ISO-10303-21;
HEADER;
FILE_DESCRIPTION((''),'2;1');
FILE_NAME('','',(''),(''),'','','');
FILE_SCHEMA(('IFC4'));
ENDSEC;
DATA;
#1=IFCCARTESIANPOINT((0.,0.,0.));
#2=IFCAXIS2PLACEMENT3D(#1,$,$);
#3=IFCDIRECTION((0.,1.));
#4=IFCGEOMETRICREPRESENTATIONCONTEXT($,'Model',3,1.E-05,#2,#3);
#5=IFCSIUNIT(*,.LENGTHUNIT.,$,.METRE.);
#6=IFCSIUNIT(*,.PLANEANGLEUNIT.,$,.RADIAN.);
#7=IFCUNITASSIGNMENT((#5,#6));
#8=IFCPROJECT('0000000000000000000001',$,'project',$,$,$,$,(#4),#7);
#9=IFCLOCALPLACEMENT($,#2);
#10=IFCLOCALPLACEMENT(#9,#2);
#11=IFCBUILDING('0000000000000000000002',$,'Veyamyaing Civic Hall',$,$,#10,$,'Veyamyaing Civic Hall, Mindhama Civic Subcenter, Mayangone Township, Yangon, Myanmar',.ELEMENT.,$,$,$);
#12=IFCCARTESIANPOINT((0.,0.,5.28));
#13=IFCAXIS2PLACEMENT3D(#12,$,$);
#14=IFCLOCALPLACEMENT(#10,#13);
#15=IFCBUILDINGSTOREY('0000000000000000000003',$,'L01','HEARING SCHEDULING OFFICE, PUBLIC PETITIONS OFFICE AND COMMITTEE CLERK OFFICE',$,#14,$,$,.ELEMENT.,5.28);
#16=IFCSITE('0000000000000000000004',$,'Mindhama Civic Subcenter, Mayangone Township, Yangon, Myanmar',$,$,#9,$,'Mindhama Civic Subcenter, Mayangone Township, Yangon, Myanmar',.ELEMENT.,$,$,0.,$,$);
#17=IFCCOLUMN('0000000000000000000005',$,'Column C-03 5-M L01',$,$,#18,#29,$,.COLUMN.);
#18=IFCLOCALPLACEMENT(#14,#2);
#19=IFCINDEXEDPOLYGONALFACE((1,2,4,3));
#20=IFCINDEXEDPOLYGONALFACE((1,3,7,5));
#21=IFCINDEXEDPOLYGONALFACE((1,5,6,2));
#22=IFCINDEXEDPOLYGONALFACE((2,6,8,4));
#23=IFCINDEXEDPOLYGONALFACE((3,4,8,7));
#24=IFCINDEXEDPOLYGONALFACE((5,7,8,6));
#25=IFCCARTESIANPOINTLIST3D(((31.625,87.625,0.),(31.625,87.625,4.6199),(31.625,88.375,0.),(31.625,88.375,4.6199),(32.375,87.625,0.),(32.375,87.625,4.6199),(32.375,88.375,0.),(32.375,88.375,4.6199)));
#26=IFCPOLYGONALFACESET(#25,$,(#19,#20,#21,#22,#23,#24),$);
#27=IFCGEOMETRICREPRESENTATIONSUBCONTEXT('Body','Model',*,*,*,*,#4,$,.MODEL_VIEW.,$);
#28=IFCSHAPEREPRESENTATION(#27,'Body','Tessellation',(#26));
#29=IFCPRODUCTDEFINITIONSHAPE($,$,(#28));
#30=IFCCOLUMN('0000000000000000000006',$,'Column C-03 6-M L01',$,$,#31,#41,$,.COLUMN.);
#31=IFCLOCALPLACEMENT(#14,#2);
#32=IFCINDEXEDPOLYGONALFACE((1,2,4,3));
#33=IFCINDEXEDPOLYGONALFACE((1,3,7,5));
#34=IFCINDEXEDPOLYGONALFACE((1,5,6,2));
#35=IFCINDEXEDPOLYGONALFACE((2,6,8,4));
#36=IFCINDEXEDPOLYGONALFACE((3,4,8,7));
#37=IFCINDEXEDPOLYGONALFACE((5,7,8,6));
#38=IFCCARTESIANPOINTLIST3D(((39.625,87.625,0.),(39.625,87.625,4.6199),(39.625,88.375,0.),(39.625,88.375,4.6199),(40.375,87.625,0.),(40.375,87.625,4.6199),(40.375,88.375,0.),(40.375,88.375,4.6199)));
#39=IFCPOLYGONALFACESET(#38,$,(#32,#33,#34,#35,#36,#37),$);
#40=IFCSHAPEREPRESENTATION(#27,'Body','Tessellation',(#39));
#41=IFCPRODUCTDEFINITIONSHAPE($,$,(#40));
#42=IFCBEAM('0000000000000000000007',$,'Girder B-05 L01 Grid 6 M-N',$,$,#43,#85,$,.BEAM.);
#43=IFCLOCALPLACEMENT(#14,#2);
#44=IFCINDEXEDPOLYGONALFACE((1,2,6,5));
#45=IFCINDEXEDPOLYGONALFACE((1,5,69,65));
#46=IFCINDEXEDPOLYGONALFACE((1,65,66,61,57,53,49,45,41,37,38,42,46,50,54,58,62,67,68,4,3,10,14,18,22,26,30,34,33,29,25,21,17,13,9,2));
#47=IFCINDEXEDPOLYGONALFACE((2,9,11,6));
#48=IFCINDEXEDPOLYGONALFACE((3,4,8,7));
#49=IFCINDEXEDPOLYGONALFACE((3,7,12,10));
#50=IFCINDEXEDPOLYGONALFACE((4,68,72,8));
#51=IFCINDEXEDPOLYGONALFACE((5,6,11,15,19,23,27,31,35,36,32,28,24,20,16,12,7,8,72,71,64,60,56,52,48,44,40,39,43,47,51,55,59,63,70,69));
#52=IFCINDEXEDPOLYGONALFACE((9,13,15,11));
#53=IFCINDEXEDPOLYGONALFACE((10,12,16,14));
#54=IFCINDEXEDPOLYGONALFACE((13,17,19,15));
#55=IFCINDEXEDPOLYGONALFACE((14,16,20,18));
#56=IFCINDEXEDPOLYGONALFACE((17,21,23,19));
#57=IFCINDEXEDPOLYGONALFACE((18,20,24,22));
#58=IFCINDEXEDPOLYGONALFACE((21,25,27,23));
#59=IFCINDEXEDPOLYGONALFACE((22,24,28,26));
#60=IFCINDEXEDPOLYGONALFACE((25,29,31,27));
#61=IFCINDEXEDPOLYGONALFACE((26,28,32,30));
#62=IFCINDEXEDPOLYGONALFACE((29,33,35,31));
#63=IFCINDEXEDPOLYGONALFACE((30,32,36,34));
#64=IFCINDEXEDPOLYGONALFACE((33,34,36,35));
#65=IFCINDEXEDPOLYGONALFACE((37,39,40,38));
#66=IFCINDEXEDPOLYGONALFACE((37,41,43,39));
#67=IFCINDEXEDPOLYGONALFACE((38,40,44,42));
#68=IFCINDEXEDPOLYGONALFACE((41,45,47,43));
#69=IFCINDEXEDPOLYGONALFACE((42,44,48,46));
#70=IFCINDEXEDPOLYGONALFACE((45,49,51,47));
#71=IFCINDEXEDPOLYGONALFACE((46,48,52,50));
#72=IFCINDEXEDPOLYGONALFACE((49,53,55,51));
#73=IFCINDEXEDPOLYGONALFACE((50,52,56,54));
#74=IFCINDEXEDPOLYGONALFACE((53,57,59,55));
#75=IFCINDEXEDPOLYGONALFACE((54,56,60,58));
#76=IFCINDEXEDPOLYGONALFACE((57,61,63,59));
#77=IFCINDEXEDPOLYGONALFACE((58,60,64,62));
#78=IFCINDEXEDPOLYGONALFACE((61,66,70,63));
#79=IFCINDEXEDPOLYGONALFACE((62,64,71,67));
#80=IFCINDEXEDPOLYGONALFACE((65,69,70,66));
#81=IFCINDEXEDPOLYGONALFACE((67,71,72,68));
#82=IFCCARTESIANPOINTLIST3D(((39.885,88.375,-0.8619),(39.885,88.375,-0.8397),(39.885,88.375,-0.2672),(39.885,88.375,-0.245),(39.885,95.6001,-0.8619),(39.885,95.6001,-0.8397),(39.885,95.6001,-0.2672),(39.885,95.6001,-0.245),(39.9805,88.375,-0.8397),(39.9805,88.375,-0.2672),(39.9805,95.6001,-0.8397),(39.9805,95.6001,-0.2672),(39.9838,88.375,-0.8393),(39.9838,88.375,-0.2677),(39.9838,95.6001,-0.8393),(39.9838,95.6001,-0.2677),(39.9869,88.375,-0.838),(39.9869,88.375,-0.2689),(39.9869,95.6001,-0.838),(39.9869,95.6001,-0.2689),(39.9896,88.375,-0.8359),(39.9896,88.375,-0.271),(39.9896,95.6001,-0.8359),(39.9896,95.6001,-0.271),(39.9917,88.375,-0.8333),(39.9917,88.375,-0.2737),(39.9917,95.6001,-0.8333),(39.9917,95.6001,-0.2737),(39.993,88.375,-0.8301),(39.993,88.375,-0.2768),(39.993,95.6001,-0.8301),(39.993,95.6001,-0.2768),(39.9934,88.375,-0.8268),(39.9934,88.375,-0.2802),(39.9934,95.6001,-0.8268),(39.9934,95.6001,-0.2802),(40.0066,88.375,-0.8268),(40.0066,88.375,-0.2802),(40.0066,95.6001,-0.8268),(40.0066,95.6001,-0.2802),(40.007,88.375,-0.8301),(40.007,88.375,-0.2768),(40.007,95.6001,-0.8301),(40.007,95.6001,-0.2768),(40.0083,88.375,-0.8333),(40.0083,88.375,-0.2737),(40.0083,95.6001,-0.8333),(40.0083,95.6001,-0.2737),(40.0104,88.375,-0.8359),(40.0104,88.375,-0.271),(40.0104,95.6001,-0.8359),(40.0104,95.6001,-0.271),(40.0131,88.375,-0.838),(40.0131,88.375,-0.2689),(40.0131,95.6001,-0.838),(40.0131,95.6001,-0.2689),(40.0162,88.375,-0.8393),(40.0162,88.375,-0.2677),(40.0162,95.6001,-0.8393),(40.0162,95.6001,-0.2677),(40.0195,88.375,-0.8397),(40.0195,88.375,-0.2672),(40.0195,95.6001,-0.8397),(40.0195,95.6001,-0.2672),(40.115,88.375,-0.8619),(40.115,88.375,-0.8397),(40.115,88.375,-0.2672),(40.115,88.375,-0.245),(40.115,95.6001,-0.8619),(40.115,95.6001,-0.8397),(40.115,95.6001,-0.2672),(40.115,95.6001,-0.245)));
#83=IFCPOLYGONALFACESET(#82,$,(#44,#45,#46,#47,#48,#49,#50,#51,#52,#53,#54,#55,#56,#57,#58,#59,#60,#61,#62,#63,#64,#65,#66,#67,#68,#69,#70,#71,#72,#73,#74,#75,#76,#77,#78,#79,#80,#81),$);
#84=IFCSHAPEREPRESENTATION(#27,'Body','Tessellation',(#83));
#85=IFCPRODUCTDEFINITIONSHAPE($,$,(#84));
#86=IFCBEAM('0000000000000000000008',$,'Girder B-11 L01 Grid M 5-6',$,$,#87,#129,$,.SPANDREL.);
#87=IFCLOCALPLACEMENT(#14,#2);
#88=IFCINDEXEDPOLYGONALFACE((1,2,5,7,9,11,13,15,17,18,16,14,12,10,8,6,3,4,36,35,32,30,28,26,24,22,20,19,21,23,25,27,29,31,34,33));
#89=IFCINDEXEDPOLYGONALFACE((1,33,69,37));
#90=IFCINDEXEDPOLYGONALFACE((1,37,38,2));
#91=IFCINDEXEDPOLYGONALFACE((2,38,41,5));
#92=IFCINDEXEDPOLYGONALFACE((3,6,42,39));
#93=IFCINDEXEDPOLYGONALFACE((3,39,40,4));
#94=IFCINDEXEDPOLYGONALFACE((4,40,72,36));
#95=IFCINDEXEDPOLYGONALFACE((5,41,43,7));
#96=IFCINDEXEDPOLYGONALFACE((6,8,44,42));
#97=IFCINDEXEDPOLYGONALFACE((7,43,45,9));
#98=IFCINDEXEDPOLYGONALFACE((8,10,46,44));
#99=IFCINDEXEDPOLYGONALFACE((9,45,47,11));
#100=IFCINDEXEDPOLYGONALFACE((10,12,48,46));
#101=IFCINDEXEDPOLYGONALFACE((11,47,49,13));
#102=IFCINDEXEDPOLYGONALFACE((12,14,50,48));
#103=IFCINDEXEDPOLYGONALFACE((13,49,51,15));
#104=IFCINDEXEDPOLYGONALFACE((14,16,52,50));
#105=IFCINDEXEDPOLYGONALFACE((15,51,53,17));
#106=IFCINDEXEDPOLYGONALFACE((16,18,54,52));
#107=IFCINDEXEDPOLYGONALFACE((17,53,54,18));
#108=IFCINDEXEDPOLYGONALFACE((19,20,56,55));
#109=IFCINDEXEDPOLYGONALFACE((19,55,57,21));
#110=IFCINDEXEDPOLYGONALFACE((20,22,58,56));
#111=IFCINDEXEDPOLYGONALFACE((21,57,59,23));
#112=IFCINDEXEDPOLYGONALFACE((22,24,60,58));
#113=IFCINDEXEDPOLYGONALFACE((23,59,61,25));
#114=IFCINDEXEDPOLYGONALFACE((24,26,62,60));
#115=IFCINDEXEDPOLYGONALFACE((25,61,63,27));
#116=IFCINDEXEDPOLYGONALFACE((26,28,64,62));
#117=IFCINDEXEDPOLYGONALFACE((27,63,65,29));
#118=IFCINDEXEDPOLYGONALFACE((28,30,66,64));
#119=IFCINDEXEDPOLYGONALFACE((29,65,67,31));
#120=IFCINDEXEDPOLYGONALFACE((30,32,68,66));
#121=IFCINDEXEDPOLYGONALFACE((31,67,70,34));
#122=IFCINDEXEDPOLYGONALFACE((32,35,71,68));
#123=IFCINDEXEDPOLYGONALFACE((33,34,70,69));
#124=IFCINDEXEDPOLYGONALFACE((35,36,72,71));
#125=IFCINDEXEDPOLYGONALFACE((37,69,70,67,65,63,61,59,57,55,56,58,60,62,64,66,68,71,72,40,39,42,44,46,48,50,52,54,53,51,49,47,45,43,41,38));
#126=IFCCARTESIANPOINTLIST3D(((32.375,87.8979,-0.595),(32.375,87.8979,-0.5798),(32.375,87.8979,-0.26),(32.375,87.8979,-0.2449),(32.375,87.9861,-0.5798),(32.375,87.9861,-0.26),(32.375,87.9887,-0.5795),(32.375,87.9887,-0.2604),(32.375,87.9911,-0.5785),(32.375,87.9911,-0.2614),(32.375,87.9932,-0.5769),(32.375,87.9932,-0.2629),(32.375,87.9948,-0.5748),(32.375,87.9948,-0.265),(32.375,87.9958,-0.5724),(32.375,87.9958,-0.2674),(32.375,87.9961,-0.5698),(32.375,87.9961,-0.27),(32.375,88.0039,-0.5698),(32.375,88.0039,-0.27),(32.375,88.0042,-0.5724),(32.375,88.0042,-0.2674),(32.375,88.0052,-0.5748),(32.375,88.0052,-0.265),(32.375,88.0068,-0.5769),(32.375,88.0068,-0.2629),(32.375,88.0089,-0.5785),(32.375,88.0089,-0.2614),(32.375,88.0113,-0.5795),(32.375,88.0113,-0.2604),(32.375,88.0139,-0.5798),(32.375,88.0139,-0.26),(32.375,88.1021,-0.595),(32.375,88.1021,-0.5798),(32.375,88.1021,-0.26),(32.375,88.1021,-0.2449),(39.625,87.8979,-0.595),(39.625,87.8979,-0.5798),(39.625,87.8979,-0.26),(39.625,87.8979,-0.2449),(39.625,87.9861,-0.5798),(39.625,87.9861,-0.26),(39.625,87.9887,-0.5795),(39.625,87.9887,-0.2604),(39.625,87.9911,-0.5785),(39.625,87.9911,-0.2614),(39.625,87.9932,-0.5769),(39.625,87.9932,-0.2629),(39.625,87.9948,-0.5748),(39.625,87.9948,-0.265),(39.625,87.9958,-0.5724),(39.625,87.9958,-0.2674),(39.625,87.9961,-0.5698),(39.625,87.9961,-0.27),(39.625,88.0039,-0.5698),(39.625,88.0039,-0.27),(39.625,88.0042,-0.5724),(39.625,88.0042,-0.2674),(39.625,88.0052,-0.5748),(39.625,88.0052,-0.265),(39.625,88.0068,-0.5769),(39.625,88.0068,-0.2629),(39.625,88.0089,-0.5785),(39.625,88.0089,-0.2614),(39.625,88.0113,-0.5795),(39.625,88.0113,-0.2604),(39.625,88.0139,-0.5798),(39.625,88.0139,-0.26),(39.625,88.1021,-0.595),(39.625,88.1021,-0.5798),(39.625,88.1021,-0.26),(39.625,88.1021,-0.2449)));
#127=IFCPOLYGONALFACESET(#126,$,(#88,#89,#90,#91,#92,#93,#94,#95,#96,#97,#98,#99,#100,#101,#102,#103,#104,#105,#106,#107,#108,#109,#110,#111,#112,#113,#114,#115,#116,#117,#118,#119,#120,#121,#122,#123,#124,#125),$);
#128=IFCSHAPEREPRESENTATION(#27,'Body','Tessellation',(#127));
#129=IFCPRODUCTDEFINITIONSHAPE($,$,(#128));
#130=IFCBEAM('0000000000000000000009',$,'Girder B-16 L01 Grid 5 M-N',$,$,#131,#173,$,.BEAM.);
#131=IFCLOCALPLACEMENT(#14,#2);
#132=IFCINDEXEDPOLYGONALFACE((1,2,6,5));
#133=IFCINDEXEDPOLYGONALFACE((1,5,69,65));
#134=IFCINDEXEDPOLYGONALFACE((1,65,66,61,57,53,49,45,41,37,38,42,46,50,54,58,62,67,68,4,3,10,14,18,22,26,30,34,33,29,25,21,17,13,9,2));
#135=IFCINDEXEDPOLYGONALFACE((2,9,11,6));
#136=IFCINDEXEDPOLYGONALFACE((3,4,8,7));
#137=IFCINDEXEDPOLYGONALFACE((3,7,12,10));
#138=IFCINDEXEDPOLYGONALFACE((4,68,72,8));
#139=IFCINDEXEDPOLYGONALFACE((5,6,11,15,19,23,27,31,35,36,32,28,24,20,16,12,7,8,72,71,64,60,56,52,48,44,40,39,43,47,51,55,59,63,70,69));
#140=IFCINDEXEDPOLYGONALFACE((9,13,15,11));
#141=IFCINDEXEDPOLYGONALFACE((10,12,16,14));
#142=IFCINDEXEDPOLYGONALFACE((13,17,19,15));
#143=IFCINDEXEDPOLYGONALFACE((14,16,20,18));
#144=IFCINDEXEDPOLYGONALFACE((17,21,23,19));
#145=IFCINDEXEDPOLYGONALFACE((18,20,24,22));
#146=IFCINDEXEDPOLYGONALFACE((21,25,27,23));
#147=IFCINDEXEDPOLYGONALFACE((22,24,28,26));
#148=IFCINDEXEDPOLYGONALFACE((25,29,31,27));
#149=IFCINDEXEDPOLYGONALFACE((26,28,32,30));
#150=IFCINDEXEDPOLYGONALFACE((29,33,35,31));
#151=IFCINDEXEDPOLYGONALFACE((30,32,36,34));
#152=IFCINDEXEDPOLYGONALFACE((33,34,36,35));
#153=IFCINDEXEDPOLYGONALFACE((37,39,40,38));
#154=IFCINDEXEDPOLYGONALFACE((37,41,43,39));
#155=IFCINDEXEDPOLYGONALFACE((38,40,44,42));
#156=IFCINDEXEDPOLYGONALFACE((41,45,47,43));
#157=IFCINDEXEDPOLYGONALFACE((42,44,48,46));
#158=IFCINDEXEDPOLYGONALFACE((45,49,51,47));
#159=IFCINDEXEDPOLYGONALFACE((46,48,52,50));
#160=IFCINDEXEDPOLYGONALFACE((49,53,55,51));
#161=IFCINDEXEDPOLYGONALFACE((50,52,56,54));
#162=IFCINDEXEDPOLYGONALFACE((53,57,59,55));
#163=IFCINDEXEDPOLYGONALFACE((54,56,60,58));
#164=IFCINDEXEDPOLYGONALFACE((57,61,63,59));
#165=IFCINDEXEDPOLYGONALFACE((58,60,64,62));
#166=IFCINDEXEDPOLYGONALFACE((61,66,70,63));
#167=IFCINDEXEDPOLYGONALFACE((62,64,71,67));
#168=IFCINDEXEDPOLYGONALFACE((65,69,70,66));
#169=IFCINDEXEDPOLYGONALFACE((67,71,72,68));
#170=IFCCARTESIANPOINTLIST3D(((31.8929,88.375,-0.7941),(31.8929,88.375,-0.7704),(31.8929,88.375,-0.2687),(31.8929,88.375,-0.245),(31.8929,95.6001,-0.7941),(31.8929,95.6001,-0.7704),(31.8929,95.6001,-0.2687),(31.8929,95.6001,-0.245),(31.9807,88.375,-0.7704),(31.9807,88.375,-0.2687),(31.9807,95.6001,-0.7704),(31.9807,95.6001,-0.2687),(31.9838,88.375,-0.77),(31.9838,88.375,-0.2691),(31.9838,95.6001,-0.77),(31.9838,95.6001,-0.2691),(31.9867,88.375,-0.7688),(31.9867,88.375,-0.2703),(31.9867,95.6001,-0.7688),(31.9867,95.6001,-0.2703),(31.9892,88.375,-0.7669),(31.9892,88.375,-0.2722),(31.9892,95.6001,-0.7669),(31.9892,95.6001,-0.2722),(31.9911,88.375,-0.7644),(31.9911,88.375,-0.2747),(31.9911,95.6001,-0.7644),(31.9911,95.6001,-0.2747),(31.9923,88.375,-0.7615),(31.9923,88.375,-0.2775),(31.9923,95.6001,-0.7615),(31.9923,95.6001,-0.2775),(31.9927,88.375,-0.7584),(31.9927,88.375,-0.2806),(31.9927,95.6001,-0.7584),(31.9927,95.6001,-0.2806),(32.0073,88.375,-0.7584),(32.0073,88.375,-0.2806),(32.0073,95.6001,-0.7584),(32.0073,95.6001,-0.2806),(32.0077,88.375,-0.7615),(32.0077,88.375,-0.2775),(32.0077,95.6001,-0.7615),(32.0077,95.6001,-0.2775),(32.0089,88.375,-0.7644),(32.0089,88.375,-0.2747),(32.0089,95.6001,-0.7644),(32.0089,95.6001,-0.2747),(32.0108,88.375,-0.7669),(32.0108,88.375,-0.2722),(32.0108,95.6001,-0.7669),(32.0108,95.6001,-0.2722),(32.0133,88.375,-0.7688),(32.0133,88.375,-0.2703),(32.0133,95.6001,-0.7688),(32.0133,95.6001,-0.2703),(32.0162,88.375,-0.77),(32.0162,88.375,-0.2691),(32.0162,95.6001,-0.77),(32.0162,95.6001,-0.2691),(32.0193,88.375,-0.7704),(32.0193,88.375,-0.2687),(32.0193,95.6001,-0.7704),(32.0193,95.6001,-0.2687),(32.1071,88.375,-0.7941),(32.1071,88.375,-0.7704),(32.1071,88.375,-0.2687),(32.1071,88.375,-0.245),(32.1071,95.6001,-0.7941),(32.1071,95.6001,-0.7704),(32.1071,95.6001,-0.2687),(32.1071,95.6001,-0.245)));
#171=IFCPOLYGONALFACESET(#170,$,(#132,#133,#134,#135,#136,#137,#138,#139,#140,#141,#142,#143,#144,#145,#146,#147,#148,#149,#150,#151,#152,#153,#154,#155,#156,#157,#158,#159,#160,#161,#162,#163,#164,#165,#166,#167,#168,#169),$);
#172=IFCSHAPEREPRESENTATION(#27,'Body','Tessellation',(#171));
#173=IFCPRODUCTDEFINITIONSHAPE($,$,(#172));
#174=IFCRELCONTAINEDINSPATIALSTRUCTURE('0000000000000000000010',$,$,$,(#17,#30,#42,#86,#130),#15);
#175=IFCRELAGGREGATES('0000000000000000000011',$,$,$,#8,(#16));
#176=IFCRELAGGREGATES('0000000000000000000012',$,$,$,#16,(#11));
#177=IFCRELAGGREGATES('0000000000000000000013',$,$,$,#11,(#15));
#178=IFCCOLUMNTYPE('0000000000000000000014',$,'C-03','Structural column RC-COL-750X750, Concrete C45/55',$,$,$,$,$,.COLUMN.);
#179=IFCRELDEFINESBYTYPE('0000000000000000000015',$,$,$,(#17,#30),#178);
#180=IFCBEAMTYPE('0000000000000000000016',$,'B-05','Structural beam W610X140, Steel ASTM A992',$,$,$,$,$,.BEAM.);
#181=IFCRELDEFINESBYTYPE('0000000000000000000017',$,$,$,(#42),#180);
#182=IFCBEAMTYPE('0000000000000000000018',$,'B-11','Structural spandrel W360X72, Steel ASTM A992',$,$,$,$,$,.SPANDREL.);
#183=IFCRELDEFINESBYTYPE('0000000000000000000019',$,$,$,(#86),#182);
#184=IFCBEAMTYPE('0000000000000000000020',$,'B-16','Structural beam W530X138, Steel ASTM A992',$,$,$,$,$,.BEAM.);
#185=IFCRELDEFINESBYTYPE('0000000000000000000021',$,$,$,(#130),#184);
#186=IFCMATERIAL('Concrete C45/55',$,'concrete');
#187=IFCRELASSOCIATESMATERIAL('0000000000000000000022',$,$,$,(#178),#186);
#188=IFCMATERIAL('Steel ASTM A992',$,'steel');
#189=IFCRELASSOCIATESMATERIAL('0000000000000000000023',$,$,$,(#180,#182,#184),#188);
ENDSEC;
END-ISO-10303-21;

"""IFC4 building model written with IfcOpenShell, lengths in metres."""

from ifc_helpers import new_model, si_unit, direction, frame, origin, origin_2d, place, context, subcontext, project, spatial, rectangle, i_section, extrude, material, material_profile, profile_set, type_object, element, save


model = new_model("IFC4")

# Units and contexts
model_context = context("Model", 3, precision=1e-05, world=origin(), true_north=direction((0.0, 1.0)))
body_context = subcontext(model_context, "Body", "Model", "MODEL_VIEW")
ifc_project = project(units=[si_unit("LENGTHUNIT", "METRE"), si_unit("PLANEANGLEUNIT", "RADIAN")], contexts=[model_context])

# Site, building, storey
site_placement = place(None, origin())
site = spatial("IfcSite", under=ifc_project, at=site_placement, Name="Mindhama Civic Subcenter, Mayangone Township, Yangon, Myanmar", LongName="Mindhama Civic Subcenter, Mayangone Township, Yangon, Myanmar", CompositionType="ELEMENT", RefElevation=0.0)
building_placement = place(site_placement, origin())
building = spatial("IfcBuilding", under=site, at=building_placement, Name="Veyamyaing Civic Hall", LongName="Veyamyaing Civic Hall, Mindhama Civic Subcenter, Mayangone Township, Yangon, Myanmar", CompositionType="ELEMENT")
storey_placement = place(building_placement, frame((0.0, 0.0, 5.28)))
storey = spatial("IfcBuildingStorey", under=building, at=storey_placement, Name="L01", Description="HEARING SCHEDULING OFFICE, PUBLIC PETITIONS OFFICE AND COMMITTEE CLERK OFFICE", CompositionType="ELEMENT", Elevation=5.28)

# Columns
ifc_material_1 = material(Name="Concrete C45/55", Category="concrete")
ifc_material_profile_1 = material_profile(ifc_material_1, rectangle(XDim=0.75, YDim=0.75, at=origin_2d()), Name="RC-COL-750X750")
ifc_profile_set_1 = profile_set([ifc_material_profile_1], Name="Concrete C45/55")
column_type = type_object("IfcColumnType", Name="C-03", Description="Structural column RC-COL-750X750, Concrete C45/55", PredefinedType="COLUMN", material=ifc_profile_set_1)
for number, where, z_axis, x_axis, name in (
    (1, (32.0, 88.0, 0.0), (0.0, 0.0, 1.0), (1.0, 0.0, 0.0), "Column C-03 5-M L01"),
    (2, (40.0, 88.0, 0.0), (0.0, 0.0, 1.0), (1.0, 0.0, 0.0), "Column C-03 6-M L01"),
):
    element("IfcColumn", number, at=place(storey_placement, frame(where, z_axis=z_axis, x_axis=x_axis)), inside=storey, type_object=column_type, Name=name, PredefinedType="COLUMN", context=body_context, shape_type="SweptSolid", body=[
        extrude(rectangle(XDim=0.75, YDim=0.75, at=origin_2d()), origin(), (0.0, 0.0, 1.0), 4.6199),
    ])

# Beams
ifc_material_2 = material(Name="Steel ASTM A992", Category="steel")
ifc_material_profile_2 = material_profile(ifc_material_2, i_section(OverallWidth=0.23, OverallDepth=0.6169, WebThickness=0.0132, FlangeThickness=0.0222, FilletRadius=0.0129, at=origin_2d()), Name="W610X140")
ifc_profile_set_2 = profile_set([ifc_material_profile_2], Name="Steel ASTM A992")
beam_type_1 = type_object("IfcBeamType", Name="B-05", Description="Structural beam W610X140, Steel ASTM A992", PredefinedType="BEAM", material=ifc_profile_set_2)
beam_1_placement = place(storey_placement, frame((40.0, 88.375, -0.5535), z_axis=(0.0, 1.0, 0.0), x_axis=(-1.0, 0.0, 0.0)))
element("IfcBeam", 3, at=beam_1_placement, inside=storey, type_object=beam_type_1, Name="Girder B-05 L01 Grid 6 M-N", PredefinedType="BEAM", context=body_context, shape_type="SweptSolid", body=[
    extrude(i_section(OverallWidth=0.23, OverallDepth=0.6169, WebThickness=0.0132, FlangeThickness=0.0222, FilletRadius=0.0129, at=origin_2d()), origin(), (0.0, 0.0, 1.0), 7.2251),
])
ifc_material_profile_3 = material_profile(ifc_material_2, i_section(OverallWidth=0.2041, OverallDepth=0.3501, WebThickness=0.0078, FlangeThickness=0.0151, FilletRadius=0.01, at=origin_2d()), Name="W360X72")
ifc_profile_set_3 = profile_set([ifc_material_profile_3], Name="Steel ASTM A992")
beam_type_2 = type_object("IfcBeamType", Name="B-11", Description="Structural spandrel W360X72, Steel ASTM A992", PredefinedType="SPANDREL", material=ifc_profile_set_3)
beam_2_placement = place(storey_placement, frame((32.375, 88.0, -0.4199), z_axis=(1.0, 0.0, 0.0), x_axis=(0.0, 1.0, 0.0)))
element("IfcBeam", 4, at=beam_2_placement, inside=storey, type_object=beam_type_2, Name="Girder B-11 L01 Grid M 5-6", PredefinedType="SPANDREL", context=body_context, shape_type="SweptSolid", body=[
    extrude(i_section(OverallWidth=0.2041, OverallDepth=0.3501, WebThickness=0.0078, FlangeThickness=0.0151, FilletRadius=0.01, at=origin_2d()), origin(), (0.0, 0.0, 1.0), 7.25),
])
ifc_material_profile_4 = material_profile(ifc_material_2, i_section(OverallWidth=0.2141, OverallDepth=0.5491, WebThickness=0.0146, FlangeThickness=0.0237, FilletRadius=0.012, at=origin_2d()), Name="W530X138")
ifc_profile_set_4 = profile_set([ifc_material_profile_4], Name="Steel ASTM A992")
beam_type_3 = type_object("IfcBeamType", Name="B-16", Description="Structural beam W530X138, Steel ASTM A992", PredefinedType="BEAM", material=ifc_profile_set_4)
beam_3_placement = place(storey_placement, frame((32.0, 88.375, -0.5195), z_axis=(0.0, 1.0, 0.0), x_axis=(-1.0, 0.0, 0.0)))
element("IfcBeam", 5, at=beam_3_placement, inside=storey, type_object=beam_type_3, Name="Girder B-16 L01 Grid 5 M-N", PredefinedType="BEAM", context=body_context, shape_type="SweptSolid", body=[
    extrude(i_section(OverallWidth=0.2141, OverallDepth=0.5491, WebThickness=0.0146, FlangeThickness=0.0237, FilletRadius=0.012, at=origin_2d()), origin(), (0.0, 0.0, 1.0), 7.2251),
])

save(model, "model.ifc")
